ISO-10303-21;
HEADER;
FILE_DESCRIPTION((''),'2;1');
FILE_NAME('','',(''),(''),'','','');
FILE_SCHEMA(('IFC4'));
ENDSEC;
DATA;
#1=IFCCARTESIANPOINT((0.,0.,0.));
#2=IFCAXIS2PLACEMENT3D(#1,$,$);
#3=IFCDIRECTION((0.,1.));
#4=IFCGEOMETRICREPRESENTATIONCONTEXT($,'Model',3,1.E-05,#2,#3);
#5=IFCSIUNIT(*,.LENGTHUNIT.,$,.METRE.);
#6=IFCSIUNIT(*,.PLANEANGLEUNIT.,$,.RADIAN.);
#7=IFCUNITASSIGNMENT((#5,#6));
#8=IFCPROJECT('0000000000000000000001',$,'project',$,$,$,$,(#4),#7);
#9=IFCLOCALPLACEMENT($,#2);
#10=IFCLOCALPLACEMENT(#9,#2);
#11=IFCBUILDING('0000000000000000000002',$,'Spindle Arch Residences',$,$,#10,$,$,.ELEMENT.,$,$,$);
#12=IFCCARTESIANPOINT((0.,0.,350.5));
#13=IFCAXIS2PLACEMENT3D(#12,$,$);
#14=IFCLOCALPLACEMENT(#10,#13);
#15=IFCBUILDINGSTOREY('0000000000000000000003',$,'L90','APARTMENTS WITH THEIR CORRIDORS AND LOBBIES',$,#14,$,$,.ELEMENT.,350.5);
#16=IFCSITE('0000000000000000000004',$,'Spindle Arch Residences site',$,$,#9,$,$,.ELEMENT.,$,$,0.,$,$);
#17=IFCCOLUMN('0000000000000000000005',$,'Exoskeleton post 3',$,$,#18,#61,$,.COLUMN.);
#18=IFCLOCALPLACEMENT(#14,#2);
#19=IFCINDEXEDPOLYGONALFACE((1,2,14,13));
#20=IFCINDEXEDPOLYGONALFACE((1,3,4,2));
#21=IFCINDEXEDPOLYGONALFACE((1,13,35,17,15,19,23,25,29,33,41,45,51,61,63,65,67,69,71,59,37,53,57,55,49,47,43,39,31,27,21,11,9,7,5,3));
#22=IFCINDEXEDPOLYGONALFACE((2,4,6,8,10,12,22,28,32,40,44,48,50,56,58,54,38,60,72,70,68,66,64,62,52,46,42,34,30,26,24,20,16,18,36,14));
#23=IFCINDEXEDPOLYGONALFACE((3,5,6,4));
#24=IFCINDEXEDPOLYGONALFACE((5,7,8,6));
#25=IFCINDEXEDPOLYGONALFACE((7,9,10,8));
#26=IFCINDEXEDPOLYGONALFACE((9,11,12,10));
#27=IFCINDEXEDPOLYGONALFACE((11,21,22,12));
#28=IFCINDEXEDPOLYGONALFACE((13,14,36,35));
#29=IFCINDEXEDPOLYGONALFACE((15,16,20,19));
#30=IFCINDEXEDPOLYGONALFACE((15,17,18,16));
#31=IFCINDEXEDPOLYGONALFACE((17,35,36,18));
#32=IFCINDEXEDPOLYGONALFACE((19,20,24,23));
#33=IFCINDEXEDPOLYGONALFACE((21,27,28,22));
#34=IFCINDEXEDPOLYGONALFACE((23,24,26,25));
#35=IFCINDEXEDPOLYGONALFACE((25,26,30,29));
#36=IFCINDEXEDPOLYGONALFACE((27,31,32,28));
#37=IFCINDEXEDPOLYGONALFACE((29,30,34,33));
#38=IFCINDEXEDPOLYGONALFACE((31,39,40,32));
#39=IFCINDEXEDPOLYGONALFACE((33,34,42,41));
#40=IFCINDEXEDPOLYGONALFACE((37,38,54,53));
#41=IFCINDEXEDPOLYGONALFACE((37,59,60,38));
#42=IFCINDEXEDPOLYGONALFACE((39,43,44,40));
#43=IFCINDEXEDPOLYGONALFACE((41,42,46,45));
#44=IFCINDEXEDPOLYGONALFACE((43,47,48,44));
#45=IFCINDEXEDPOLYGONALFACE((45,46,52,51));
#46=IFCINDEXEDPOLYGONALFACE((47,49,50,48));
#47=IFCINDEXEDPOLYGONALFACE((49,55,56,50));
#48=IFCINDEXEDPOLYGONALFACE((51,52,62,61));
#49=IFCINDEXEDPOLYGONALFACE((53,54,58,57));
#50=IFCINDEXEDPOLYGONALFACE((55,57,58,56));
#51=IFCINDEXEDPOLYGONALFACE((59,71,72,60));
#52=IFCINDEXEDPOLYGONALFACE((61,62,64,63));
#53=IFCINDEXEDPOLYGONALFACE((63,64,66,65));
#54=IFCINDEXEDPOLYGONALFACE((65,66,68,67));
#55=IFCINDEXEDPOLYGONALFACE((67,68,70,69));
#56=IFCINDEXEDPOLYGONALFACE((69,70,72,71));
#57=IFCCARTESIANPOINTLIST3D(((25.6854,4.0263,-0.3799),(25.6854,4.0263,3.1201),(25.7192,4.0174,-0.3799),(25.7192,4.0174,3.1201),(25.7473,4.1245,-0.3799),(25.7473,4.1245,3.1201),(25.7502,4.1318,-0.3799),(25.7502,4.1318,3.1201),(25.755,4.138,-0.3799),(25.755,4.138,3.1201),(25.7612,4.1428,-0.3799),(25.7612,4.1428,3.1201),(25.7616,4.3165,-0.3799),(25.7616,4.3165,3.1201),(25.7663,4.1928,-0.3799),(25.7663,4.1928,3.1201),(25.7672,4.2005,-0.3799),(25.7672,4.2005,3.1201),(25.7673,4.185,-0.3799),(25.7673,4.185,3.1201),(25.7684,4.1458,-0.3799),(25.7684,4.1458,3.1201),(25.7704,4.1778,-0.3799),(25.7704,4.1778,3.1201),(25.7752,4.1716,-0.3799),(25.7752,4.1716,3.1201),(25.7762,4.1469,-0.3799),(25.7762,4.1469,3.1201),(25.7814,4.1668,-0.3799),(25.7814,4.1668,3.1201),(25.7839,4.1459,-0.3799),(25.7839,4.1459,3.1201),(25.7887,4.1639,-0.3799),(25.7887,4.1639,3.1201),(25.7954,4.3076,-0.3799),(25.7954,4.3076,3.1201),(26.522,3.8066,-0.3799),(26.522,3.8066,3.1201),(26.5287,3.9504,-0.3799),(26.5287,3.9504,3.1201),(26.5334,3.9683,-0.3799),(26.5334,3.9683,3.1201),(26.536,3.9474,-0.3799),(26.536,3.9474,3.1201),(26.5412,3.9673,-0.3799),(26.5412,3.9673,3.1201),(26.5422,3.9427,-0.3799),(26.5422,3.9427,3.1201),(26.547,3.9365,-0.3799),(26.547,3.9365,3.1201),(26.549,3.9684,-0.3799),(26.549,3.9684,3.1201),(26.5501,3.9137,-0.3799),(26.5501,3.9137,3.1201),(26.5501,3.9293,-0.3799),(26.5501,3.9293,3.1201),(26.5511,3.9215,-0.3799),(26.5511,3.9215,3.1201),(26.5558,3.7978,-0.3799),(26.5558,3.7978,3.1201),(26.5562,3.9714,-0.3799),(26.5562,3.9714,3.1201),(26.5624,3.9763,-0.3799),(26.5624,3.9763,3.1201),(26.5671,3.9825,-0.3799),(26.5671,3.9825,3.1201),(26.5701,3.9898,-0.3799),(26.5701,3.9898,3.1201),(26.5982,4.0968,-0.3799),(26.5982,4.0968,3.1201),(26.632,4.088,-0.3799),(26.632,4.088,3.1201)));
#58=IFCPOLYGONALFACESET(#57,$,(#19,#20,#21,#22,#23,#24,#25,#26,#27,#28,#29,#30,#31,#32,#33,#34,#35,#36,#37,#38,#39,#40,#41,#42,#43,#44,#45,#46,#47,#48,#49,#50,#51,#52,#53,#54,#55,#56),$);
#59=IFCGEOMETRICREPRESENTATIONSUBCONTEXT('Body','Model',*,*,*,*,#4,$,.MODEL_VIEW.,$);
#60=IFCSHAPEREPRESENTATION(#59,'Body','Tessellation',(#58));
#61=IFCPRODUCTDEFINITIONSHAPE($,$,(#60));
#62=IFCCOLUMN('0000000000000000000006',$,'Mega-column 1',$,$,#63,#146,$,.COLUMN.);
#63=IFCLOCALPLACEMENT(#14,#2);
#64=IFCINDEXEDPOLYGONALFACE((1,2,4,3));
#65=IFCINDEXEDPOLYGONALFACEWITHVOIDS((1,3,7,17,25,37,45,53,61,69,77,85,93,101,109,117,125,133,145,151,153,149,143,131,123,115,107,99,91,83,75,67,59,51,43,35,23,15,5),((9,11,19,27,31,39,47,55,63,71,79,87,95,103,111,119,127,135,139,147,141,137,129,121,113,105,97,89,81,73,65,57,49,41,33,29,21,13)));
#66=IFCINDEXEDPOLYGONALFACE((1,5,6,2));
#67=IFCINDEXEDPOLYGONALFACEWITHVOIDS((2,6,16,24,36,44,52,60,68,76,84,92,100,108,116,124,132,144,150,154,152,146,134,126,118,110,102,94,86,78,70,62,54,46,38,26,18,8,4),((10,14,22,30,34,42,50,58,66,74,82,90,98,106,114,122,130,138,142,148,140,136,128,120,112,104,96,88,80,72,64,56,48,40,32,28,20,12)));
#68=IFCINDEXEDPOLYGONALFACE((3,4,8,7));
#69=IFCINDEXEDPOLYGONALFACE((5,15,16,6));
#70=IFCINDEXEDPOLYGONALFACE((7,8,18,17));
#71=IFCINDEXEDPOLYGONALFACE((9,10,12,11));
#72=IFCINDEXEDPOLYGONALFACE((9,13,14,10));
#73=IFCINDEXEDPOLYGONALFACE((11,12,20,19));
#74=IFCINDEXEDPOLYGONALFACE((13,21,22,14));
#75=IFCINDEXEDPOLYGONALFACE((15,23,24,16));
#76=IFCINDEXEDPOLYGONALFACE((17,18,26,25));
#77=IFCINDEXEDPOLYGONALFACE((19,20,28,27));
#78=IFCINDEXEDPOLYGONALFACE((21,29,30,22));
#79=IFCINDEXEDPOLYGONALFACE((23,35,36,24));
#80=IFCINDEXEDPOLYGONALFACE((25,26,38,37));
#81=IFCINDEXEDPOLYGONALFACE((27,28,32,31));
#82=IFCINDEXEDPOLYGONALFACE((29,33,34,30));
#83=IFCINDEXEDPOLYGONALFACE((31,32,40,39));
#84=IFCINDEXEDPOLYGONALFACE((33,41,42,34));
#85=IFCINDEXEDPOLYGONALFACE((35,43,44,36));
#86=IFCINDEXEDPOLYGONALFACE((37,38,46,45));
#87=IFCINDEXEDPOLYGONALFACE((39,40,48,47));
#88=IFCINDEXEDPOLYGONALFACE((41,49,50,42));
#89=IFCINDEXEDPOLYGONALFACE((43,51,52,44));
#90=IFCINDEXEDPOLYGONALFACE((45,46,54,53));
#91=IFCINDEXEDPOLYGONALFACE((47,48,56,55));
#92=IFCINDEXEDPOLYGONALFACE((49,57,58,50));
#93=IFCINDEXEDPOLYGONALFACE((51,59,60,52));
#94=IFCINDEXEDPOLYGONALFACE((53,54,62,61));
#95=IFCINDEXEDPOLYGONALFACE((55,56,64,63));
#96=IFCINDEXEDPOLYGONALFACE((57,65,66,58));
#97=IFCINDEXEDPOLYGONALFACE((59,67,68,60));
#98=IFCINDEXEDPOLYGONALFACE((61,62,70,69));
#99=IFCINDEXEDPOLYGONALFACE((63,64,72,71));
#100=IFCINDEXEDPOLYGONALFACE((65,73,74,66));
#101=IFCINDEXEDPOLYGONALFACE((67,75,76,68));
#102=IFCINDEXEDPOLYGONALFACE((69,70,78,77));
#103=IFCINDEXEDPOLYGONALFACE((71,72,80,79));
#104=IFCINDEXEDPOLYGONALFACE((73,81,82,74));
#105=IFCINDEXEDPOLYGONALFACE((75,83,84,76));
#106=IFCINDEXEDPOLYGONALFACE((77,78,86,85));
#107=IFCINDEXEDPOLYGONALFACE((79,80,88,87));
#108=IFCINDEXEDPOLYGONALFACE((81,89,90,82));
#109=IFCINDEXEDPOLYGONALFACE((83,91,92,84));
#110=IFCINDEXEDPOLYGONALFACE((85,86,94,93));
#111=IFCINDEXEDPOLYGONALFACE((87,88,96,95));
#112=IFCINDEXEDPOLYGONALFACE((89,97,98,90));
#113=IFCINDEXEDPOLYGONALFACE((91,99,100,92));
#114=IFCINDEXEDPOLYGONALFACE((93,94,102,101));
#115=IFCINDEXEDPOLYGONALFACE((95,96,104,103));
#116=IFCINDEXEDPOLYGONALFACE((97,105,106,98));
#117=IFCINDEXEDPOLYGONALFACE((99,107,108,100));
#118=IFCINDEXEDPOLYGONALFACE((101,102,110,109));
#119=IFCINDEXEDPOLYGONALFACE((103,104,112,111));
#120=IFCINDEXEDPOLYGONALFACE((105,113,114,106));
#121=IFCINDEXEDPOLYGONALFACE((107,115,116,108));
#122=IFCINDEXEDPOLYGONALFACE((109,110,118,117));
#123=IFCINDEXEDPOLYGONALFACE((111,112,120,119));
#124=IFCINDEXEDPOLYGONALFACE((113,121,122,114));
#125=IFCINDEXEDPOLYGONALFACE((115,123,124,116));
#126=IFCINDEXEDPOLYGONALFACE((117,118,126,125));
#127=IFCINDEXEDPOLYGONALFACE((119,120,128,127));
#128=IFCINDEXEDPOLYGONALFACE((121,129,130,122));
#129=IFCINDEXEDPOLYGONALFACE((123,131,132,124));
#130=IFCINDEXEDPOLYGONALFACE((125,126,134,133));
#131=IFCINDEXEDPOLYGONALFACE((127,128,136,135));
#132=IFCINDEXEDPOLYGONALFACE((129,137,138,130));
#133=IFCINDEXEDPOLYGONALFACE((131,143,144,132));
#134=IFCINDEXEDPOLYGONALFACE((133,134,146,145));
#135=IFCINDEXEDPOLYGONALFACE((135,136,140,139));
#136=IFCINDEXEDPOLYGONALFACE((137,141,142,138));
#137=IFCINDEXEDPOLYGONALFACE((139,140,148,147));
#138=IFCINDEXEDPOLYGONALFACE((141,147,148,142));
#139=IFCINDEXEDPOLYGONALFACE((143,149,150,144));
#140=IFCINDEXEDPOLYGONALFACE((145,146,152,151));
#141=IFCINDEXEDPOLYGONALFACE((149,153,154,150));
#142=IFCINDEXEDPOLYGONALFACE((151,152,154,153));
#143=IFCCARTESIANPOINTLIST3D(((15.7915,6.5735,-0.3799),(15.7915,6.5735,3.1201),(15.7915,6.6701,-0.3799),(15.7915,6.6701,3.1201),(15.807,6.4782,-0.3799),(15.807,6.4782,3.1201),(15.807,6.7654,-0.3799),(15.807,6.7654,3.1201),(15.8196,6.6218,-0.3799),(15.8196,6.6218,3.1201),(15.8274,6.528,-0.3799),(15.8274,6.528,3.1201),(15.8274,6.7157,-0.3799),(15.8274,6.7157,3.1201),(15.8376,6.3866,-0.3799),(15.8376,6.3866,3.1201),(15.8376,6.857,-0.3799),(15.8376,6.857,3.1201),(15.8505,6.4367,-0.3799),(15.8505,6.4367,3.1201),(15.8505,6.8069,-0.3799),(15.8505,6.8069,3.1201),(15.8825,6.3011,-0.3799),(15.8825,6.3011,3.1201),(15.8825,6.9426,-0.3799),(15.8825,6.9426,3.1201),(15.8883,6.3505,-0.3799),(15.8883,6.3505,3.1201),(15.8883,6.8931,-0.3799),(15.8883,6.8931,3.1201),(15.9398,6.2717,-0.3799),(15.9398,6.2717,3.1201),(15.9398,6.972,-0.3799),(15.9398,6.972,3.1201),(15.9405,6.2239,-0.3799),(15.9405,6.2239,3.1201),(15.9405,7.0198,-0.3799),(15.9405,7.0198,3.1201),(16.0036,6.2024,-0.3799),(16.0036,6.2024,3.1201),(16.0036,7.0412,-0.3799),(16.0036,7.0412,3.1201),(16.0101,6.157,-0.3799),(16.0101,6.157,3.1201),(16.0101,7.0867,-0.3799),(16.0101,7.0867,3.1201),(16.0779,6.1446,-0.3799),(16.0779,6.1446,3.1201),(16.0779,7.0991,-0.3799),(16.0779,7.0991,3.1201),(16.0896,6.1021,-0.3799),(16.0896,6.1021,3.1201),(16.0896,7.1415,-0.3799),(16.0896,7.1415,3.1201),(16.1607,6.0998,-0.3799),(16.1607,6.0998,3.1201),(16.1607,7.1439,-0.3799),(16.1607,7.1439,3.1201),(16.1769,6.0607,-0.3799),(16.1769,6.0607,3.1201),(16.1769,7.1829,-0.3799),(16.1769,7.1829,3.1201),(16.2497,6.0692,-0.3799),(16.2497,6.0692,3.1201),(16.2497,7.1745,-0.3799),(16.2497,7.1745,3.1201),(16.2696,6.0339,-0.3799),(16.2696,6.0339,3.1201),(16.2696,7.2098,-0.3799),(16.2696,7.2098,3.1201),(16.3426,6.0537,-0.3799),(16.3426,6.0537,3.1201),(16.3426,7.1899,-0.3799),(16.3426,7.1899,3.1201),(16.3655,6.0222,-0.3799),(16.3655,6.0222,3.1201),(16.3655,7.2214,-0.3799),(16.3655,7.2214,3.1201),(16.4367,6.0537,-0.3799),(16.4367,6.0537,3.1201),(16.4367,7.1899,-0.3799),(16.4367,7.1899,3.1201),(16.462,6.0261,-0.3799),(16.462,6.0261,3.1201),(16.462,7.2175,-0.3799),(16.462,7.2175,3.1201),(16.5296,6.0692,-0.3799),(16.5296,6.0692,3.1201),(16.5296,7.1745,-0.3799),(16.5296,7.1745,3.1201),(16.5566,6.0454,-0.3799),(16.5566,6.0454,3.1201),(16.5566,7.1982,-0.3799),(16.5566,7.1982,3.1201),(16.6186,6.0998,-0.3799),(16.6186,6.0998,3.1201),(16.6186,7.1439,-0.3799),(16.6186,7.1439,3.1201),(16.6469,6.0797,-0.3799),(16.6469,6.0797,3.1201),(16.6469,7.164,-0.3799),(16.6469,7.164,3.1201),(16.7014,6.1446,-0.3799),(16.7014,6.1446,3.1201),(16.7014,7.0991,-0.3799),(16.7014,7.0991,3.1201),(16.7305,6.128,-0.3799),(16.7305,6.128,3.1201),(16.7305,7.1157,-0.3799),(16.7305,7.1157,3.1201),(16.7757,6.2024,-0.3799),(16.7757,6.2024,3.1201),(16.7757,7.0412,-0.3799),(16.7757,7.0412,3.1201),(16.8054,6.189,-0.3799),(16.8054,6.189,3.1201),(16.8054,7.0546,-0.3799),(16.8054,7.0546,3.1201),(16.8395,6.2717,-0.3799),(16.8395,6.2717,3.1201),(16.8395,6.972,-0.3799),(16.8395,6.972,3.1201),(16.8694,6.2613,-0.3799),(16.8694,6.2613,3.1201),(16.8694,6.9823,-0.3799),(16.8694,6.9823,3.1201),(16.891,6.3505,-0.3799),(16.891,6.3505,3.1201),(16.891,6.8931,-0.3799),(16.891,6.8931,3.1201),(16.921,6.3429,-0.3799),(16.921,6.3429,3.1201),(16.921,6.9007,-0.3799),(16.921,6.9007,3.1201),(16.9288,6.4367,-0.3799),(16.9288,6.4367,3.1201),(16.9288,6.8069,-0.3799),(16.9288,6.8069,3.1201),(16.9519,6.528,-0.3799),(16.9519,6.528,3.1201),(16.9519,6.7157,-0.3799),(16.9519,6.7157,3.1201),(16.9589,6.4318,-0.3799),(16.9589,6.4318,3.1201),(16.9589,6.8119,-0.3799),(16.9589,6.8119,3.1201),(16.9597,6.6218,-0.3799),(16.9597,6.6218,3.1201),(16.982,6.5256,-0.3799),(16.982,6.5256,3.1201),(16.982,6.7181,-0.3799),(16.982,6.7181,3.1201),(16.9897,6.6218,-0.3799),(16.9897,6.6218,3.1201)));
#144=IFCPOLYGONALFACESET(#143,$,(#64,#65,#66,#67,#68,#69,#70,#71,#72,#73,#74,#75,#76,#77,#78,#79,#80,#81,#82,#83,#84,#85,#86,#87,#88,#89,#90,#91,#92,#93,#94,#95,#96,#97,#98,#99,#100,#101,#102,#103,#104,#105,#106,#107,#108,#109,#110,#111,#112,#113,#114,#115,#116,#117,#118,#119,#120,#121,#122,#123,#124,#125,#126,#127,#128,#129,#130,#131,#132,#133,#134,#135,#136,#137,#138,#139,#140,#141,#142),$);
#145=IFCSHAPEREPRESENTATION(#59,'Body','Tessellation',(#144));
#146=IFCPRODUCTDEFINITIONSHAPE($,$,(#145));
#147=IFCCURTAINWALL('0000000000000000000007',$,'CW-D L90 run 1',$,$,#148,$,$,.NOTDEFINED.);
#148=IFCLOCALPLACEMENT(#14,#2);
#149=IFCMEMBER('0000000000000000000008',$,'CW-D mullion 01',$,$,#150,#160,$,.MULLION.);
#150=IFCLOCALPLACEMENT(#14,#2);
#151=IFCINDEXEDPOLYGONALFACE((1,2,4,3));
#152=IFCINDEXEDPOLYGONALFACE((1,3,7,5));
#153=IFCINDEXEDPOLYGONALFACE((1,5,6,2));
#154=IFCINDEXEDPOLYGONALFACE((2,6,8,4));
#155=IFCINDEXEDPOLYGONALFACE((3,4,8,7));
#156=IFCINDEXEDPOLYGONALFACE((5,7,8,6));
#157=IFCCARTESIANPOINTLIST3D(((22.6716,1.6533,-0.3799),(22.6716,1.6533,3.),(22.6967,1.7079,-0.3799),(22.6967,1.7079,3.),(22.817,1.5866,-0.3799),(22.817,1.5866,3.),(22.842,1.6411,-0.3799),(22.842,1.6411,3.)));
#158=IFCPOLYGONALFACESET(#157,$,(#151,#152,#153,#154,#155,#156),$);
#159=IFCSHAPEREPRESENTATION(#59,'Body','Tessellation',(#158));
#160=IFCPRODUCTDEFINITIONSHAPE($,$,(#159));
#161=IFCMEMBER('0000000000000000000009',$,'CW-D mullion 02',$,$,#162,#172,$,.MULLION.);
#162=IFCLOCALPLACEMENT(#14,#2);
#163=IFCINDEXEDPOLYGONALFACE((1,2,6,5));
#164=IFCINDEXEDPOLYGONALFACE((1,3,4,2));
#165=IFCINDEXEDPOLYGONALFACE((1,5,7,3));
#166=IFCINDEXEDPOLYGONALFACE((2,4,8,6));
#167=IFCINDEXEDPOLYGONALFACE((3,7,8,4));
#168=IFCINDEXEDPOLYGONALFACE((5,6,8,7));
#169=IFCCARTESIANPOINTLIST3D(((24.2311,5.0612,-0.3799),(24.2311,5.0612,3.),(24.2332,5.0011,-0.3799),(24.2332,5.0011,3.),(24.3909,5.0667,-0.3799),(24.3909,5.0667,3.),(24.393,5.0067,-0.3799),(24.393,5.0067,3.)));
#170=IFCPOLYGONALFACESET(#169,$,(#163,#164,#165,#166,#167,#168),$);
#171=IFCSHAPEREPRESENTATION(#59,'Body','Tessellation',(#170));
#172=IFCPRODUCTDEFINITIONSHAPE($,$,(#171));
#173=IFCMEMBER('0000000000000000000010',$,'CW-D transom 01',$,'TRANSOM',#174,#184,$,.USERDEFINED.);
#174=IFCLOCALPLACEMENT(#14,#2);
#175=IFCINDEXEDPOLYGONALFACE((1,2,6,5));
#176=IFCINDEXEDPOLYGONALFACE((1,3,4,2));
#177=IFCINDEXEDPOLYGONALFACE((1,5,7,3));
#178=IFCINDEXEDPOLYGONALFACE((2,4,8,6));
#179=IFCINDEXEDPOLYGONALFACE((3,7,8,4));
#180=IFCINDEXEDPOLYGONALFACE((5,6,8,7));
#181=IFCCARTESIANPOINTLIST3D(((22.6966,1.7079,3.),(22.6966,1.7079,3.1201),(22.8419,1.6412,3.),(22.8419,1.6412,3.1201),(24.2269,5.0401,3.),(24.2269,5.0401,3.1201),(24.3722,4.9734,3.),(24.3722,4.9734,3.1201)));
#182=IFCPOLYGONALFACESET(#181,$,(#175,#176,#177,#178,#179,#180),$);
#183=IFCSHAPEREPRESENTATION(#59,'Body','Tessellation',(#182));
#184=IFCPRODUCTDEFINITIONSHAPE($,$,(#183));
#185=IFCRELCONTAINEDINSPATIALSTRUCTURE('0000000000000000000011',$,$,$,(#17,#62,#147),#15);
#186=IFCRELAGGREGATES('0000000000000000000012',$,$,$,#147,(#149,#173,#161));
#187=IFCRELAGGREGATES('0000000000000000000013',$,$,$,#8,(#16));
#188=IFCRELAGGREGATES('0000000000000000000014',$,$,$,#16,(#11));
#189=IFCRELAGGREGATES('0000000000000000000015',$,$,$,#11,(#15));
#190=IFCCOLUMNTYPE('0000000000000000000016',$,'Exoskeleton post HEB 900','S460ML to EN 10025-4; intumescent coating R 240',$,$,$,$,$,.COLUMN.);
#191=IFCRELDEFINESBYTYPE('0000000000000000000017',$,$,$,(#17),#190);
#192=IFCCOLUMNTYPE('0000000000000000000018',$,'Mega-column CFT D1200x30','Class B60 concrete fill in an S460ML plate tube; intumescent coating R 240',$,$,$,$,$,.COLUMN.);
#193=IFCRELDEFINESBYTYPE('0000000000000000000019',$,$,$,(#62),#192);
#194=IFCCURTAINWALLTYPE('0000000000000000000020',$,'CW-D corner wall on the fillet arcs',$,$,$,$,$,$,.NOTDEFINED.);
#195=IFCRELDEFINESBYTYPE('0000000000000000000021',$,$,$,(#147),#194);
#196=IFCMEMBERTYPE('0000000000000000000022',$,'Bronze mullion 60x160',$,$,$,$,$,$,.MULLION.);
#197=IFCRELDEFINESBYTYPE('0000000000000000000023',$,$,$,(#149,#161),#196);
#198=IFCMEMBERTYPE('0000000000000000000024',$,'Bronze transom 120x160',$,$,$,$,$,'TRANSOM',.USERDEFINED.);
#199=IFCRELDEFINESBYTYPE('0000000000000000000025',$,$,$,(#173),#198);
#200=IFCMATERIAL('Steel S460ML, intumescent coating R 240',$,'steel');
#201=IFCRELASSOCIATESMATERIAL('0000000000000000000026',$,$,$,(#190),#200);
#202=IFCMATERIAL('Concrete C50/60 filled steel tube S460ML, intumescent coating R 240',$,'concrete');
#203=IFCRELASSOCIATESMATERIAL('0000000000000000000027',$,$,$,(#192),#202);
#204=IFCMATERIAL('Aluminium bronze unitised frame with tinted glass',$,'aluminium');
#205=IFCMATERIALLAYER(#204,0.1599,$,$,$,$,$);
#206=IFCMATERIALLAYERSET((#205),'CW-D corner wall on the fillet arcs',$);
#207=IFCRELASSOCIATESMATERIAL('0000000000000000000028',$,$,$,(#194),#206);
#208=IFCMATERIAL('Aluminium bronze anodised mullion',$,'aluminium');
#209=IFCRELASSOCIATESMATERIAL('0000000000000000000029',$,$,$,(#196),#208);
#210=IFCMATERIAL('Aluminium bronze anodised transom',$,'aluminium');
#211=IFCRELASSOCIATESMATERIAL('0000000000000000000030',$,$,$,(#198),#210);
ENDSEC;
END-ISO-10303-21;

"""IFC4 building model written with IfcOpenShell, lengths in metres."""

from ifc_helpers import new_model, si_unit, direction, frame, origin, origin_2d, place, context, subcontext, project, spatial, rectangle, hollow_circle, i_section, extrude, material, layer, layer_set, material_profile, profile_set, type_object, element, aggregate, save


model = new_model("IFC4")

# Units and contexts
model_context = context("Model", 3, precision=1e-05, world=origin(), true_north=direction((0.0, 1.0)))
body_context = subcontext(model_context, "Body", "Model", "MODEL_VIEW")
ifc_project = project(units=[si_unit("LENGTHUNIT", "METRE"), si_unit("PLANEANGLEUNIT", "RADIAN")], contexts=[model_context])

# Site, building, storey
site_placement = place(None, origin())
site = spatial("IfcSite", under=ifc_project, at=site_placement, Name="Spindle Arch Residences site", CompositionType="ELEMENT", RefElevation=0.0)
building_placement = place(site_placement, origin())
building = spatial("IfcBuilding", under=site, at=building_placement, Name="Spindle Arch Residences", CompositionType="ELEMENT")
storey_placement = place(building_placement, frame((0.0, 0.0, 350.5)))
storey = spatial("IfcBuildingStorey", under=building, at=storey_placement, Name="L90", Description="APARTMENTS WITH THEIR CORRIDORS AND LOBBIES", CompositionType="ELEMENT", Elevation=350.5)

# Columns
ifc_material_1 = material(Name="Steel S460ML, intumescent coating R 240", Category="steel")
ifc_material_profile_1 = material_profile(ifc_material_1, i_section(OverallWidth=0.3, OverallDepth=0.8999, WebThickness=0.0186, FlangeThickness=0.0349, FilletRadius=0.03, at=origin_2d()), Name="HEB 900")
ifc_profile_set_1 = profile_set([ifc_material_profile_1], Name="Steel S460ML, intumescent coating R 240")
column_type_1 = type_object("IfcColumnType", Name="Exoskeleton post HEB 900", Description="S460ML to EN 10025-4; intumescent coating R 240", PredefinedType="COLUMN", material=ifc_profile_set_1)
column_1_placement = place(storey_placement, frame((26.1587, 4.0571, -0.3799), z_axis=(0.0, 0.0, 1.0), x_axis=(-0.253941, -0.96722, 0.0)))
element("IfcColumn", 1, at=column_1_placement, inside=storey, type_object=column_type_1, Name="Exoskeleton post 3", PredefinedType="COLUMN", context=body_context, shape_type="SweptSolid", body=[
    extrude(i_section(OverallWidth=0.3, OverallDepth=0.8999, WebThickness=0.0186, FlangeThickness=0.0349, FilletRadius=0.03, at=origin_2d()), origin(), (0.0, 0.0, 1.0), 3.5),
])
ifc_material_2 = material(Name="Concrete C50/60 filled steel tube S460ML, intumescent coating R 240", Category="concrete")
ifc_material_profile_2 = material_profile(ifc_material_2, hollow_circle(Radius=0.6001, WallThickness=0.03, at=origin_2d()), Name="CFT D1200x30")
ifc_profile_set_2 = profile_set([ifc_material_profile_2], Name="Concrete C50/60 filled steel tube S460ML, intumescent coating R 240")
column_type_2 = type_object("IfcColumnType", Name="Mega-column CFT D1200x30", Description="Class B60 concrete fill in an S460ML plate tube; intumescent coating R 240", PredefinedType="COLUMN", material=ifc_profile_set_2)
column_2_placement = place(storey_placement, frame((16.3896, 6.6218, -0.3799), z_axis=(0.0, 0.0, 1.0), x_axis=(1.0, 0.0, 0.0)))
element("IfcColumn", 2, at=column_2_placement, inside=storey, type_object=column_type_2, Name="Mega-column 1", PredefinedType="COLUMN", context=body_context, shape_type="SweptSolid", body=[
    extrude(hollow_circle(Radius=0.6001, WallThickness=0.03, at=origin_2d()), origin(), (0.0, 0.0, 1.0), 3.5),
])

# Curtain wall, members
ifc_material_3 = material(Name="Aluminium bronze unitised frame with tinted glass", Category="aluminium")
ifc_layer_1 = layer(ifc_material_3, 0.1599)
ifc_layer_set_1 = layer_set([ifc_layer_1], Name="CW-D corner wall on the fillet arcs")
curtain_wall_type = type_object("IfcCurtainWallType", Name="CW-D corner wall on the fillet arcs", PredefinedType="NOTDEFINED", material=ifc_layer_set_1)
curtain_wall_placement = place(storey_placement, origin())
curtain_wall = element("IfcCurtainWall", 3, at=curtain_wall_placement, inside=storey, type_object=curtain_wall_type, Name="CW-D L90 run 1", PredefinedType="NOTDEFINED")
ifc_material_4 = material(Name="Aluminium bronze anodised mullion", Category="aluminium")
ifc_material_profile_3 = material_profile(ifc_material_4, rectangle(XDim=0.1599, YDim=0.0601, at=origin_2d()), Name="MU 60x160")
ifc_profile_set_3 = profile_set([ifc_material_profile_3], Name="Aluminium bronze anodised mullion")
member_type_1 = type_object("IfcMemberType", Name="Bronze mullion 60x160", PredefinedType="MULLION", material=ifc_profile_set_3)
member_1_placement = place(storey_placement, frame((22.7568, 1.6472, -0.3799), z_axis=(0.0, 0.0, 1.0), x_axis=(-0.908751, 0.417338, 0.0)))
member_1 = element("IfcMember", 4, at=member_1_placement, type_object=member_type_1, Name="CW-D mullion 01", PredefinedType="MULLION", context=body_context, shape_type="SweptSolid", body=[
    extrude(rectangle(XDim=0.1599, YDim=0.0601, at=origin_2d()), origin(), (0.0, 0.0, 1.0), 3.3799),
])
member_2_placement = place(storey_placement, frame((24.312, 5.0339, -0.3799), z_axis=(0.0, 0.0, 1.0), x_axis=(-0.999391, -0.034899, 0.0)))
member_2 = element("IfcMember", 5, at=member_2_placement, type_object=member_type_1, Name="CW-D mullion 02", PredefinedType="MULLION", context=body_context, shape_type="SweptSolid", body=[
    extrude(rectangle(XDim=0.1599, YDim=0.0601, at=origin_2d()), origin(), (0.0, 0.0, 1.0), 3.3799),
])
ifc_material_5 = material(Name="Aluminium bronze anodised transom", Category="aluminium")
ifc_material_profile_4 = material_profile(ifc_material_5, rectangle(XDim=0.1599, YDim=0.1201, at=origin_2d()), Name="TR 120x160")
ifc_profile_set_4 = profile_set([ifc_material_profile_4], Name="Aluminium bronze anodised transom")
member_type_2 = type_object("IfcMemberType", Name="Bronze transom 120x160", ElementType="TRANSOM", PredefinedType="USERDEFINED", material=ifc_profile_set_4)
member_3_placement = place(storey_placement, frame((22.7693, 1.6746, 3.0601), z_axis=(0.417326, 0.908757, 0.0), x_axis=(-0.908757, 0.417326, 0.0)))
member_3 = element("IfcMember", 6, at=member_3_placement, type_object=member_type_2, Name="CW-D transom 01", ObjectType="TRANSOM", PredefinedType="USERDEFINED", context=body_context, shape_type="SweptSolid", body=[
    extrude(rectangle(XDim=0.1599, YDim=0.1201, at=origin_2d()), origin(), (0.0, 0.0, 1.0), 3.6667),
])

aggregate(curtain_wall, [member_1, member_3, member_2])

save(model, "model.ifc")
